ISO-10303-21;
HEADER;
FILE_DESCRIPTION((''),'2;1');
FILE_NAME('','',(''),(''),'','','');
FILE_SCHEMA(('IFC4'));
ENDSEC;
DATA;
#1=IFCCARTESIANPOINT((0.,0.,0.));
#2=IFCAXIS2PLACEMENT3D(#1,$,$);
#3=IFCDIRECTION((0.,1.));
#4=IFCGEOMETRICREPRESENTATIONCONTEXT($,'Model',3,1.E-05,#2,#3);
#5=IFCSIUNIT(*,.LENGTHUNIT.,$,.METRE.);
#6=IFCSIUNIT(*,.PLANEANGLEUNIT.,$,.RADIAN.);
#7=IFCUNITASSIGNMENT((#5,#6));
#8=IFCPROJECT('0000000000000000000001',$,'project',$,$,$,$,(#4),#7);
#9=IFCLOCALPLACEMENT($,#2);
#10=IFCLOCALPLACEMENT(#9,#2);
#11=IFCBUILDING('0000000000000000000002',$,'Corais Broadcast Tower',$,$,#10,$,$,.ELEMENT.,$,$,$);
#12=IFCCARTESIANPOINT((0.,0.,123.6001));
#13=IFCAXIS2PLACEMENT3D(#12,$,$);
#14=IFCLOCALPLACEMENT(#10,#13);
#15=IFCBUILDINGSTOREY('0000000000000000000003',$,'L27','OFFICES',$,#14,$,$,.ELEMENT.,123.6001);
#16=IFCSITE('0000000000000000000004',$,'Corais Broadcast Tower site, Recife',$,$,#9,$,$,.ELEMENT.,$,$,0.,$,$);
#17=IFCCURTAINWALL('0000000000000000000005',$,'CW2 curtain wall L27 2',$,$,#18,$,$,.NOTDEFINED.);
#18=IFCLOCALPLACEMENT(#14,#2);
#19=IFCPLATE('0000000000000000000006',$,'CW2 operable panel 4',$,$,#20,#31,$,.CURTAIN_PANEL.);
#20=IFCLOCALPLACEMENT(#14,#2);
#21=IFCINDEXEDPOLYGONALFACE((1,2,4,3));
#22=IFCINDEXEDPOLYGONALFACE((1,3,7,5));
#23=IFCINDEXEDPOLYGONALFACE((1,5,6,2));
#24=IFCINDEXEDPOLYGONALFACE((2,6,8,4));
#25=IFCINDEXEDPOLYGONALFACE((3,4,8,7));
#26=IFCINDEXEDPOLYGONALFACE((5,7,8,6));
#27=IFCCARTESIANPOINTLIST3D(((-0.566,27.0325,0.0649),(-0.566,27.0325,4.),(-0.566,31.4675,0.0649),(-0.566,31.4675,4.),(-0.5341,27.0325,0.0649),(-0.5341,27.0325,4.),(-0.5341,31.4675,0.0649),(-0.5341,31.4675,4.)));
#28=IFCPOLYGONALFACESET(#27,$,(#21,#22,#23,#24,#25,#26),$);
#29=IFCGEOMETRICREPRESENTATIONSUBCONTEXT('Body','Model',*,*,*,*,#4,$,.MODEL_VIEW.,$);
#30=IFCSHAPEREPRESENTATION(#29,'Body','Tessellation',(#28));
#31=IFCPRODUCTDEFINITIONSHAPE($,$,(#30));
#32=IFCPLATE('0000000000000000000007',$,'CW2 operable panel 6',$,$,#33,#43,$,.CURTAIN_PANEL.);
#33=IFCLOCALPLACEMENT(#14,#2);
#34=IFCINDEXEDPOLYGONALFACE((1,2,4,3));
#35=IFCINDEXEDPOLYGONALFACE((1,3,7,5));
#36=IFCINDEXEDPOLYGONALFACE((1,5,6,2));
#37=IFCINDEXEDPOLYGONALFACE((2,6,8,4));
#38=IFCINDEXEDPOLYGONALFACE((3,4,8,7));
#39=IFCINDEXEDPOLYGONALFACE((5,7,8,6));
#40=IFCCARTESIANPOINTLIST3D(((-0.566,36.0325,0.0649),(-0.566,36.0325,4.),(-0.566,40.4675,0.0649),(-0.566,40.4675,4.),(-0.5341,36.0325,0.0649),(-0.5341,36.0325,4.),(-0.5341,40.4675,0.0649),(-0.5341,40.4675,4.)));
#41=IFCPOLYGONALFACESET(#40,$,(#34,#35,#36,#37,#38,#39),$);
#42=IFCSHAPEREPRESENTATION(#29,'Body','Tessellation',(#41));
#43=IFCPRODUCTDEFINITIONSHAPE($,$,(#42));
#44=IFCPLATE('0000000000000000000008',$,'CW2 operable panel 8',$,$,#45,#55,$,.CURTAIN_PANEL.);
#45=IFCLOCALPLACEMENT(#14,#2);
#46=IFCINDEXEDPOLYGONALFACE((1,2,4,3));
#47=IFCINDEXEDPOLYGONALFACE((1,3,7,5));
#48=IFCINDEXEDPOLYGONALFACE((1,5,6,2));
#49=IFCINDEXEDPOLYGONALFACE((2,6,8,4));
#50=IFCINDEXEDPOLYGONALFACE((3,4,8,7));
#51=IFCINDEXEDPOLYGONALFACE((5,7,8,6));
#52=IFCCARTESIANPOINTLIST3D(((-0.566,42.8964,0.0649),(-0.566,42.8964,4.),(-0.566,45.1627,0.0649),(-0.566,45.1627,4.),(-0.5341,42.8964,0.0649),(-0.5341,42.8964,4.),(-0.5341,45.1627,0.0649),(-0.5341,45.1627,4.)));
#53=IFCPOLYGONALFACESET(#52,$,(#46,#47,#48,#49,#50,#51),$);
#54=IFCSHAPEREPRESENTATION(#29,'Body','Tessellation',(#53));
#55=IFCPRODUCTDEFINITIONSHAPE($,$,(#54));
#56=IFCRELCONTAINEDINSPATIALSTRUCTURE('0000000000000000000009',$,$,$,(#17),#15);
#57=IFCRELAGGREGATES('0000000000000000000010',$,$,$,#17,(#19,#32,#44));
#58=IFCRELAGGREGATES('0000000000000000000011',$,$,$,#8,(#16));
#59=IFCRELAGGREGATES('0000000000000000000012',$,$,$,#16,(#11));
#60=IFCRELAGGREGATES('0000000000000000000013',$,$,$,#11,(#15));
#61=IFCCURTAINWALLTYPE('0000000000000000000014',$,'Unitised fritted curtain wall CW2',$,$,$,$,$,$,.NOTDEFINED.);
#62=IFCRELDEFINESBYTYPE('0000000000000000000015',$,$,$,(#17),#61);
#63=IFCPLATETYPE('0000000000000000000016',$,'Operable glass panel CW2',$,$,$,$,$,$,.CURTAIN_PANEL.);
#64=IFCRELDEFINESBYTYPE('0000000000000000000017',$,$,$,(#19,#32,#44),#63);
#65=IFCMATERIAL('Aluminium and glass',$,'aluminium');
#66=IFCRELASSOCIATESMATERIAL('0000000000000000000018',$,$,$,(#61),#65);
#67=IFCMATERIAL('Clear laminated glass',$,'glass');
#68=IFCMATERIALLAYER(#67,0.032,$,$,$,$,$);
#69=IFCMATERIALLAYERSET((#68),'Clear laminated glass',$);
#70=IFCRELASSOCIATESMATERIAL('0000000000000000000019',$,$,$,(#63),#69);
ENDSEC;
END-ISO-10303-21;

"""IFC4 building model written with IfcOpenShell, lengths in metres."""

from ifc_helpers import new_model, si_unit, direction, frame, origin, origin_2d, place, context, subcontext, project, spatial, rectangle, extrude, material, layer, layer_set, type_object, element, aggregate, save


model = new_model("IFC4")

# Units and contexts
model_context = context("Model", 3, precision=1e-05, world=origin(), true_north=direction((0.0, 1.0)))
body_context = subcontext(model_context, "Body", "Model", "MODEL_VIEW")
ifc_project = project(units=[si_unit("LENGTHUNIT", "METRE"), si_unit("PLANEANGLEUNIT", "RADIAN")], contexts=[model_context])

# Site, building, storey
site_placement = place(None, origin())
site = spatial("IfcSite", under=ifc_project, at=site_placement, Name="Corais Broadcast Tower site, Recife", CompositionType="ELEMENT", RefElevation=0.0)
building_placement = place(site_placement, origin())
building = spatial("IfcBuilding", under=site, at=building_placement, Name="Corais Broadcast Tower", CompositionType="ELEMENT")
storey_placement = place(building_placement, frame((0.0, 0.0, 123.6001)))
storey = spatial("IfcBuildingStorey", under=building, at=storey_placement, Name="L27", Description="OFFICES", CompositionType="ELEMENT", Elevation=123.6001)

# Curtain wall
ifc_material_1 = material(Name="Aluminium and glass", Category="aluminium")
curtain_wall_type = type_object("IfcCurtainWallType", Name="Unitised fritted curtain wall CW2", PredefinedType="NOTDEFINED", material=ifc_material_1)
curtain_wall_placement = place(storey_placement, origin())
curtain_wall = element("IfcCurtainWall", 1, at=curtain_wall_placement, inside=storey, type_object=curtain_wall_type, Name="CW2 curtain wall L27 2", PredefinedType="NOTDEFINED")

# Plates
ifc_material_2 = material(Name="Clear laminated glass", Category="glass")
ifc_layer_1 = layer(ifc_material_2, 0.032)
ifc_layer_set_1 = layer_set([ifc_layer_1], Name="Clear laminated glass")
plate_type_1 = type_object("IfcPlateType", Name="Operable glass panel CW2", PredefinedType="CURTAIN_PANEL", material=ifc_layer_set_1)
plate_1_placement = place(storey_placement, frame((-0.55, 29.25, 0.0649), z_axis=(0.0, 0.0, 1.0), x_axis=(0.0, 1.0, 0.0)))
plate_1 = element("IfcPlate", 2, at=plate_1_placement, type_object=plate_type_1, Name="CW2 operable panel 4", PredefinedType="CURTAIN_PANEL", context=body_context, shape_type="SweptSolid", body=[
    extrude(rectangle(XDim=4.4351, YDim=0.032, at=origin_2d()), origin(), (0.0, 0.0, 1.0), 3.9351),
])
plate_2_placement = place(storey_placement, frame((-0.55, 38.25, 0.0649), z_axis=(0.0, 0.0, 1.0), x_axis=(0.0, 1.0, 0.0)))
plate_2 = element("IfcPlate", 3, at=plate_2_placement, type_object=plate_type_1, Name="CW2 operable panel 6", PredefinedType="CURTAIN_PANEL", context=body_context, shape_type="SweptSolid", body=[
    extrude(rectangle(XDim=4.4351, YDim=0.032, at=origin_2d()), origin(), (0.0, 0.0, 1.0), 3.9351),
])
plate_3_placement = place(storey_placement, frame((-0.55, 44.0295, 0.0649), z_axis=(0.0, 0.0, 1.0), x_axis=(0.0, 1.0, 0.0)))
plate_3 = element("IfcPlate", 4, at=plate_3_placement, type_object=plate_type_1, Name="CW2 operable panel 8", PredefinedType="CURTAIN_PANEL", context=body_context, shape_type="SweptSolid", body=[
    extrude(rectangle(XDim=2.2664, YDim=0.032, at=origin_2d()), origin(), (0.0, 0.0, 1.0), 3.9351),
])
aggregate(curtain_wall, [plate_1, plate_2, plate_3])

save(model, "model.ifc")
